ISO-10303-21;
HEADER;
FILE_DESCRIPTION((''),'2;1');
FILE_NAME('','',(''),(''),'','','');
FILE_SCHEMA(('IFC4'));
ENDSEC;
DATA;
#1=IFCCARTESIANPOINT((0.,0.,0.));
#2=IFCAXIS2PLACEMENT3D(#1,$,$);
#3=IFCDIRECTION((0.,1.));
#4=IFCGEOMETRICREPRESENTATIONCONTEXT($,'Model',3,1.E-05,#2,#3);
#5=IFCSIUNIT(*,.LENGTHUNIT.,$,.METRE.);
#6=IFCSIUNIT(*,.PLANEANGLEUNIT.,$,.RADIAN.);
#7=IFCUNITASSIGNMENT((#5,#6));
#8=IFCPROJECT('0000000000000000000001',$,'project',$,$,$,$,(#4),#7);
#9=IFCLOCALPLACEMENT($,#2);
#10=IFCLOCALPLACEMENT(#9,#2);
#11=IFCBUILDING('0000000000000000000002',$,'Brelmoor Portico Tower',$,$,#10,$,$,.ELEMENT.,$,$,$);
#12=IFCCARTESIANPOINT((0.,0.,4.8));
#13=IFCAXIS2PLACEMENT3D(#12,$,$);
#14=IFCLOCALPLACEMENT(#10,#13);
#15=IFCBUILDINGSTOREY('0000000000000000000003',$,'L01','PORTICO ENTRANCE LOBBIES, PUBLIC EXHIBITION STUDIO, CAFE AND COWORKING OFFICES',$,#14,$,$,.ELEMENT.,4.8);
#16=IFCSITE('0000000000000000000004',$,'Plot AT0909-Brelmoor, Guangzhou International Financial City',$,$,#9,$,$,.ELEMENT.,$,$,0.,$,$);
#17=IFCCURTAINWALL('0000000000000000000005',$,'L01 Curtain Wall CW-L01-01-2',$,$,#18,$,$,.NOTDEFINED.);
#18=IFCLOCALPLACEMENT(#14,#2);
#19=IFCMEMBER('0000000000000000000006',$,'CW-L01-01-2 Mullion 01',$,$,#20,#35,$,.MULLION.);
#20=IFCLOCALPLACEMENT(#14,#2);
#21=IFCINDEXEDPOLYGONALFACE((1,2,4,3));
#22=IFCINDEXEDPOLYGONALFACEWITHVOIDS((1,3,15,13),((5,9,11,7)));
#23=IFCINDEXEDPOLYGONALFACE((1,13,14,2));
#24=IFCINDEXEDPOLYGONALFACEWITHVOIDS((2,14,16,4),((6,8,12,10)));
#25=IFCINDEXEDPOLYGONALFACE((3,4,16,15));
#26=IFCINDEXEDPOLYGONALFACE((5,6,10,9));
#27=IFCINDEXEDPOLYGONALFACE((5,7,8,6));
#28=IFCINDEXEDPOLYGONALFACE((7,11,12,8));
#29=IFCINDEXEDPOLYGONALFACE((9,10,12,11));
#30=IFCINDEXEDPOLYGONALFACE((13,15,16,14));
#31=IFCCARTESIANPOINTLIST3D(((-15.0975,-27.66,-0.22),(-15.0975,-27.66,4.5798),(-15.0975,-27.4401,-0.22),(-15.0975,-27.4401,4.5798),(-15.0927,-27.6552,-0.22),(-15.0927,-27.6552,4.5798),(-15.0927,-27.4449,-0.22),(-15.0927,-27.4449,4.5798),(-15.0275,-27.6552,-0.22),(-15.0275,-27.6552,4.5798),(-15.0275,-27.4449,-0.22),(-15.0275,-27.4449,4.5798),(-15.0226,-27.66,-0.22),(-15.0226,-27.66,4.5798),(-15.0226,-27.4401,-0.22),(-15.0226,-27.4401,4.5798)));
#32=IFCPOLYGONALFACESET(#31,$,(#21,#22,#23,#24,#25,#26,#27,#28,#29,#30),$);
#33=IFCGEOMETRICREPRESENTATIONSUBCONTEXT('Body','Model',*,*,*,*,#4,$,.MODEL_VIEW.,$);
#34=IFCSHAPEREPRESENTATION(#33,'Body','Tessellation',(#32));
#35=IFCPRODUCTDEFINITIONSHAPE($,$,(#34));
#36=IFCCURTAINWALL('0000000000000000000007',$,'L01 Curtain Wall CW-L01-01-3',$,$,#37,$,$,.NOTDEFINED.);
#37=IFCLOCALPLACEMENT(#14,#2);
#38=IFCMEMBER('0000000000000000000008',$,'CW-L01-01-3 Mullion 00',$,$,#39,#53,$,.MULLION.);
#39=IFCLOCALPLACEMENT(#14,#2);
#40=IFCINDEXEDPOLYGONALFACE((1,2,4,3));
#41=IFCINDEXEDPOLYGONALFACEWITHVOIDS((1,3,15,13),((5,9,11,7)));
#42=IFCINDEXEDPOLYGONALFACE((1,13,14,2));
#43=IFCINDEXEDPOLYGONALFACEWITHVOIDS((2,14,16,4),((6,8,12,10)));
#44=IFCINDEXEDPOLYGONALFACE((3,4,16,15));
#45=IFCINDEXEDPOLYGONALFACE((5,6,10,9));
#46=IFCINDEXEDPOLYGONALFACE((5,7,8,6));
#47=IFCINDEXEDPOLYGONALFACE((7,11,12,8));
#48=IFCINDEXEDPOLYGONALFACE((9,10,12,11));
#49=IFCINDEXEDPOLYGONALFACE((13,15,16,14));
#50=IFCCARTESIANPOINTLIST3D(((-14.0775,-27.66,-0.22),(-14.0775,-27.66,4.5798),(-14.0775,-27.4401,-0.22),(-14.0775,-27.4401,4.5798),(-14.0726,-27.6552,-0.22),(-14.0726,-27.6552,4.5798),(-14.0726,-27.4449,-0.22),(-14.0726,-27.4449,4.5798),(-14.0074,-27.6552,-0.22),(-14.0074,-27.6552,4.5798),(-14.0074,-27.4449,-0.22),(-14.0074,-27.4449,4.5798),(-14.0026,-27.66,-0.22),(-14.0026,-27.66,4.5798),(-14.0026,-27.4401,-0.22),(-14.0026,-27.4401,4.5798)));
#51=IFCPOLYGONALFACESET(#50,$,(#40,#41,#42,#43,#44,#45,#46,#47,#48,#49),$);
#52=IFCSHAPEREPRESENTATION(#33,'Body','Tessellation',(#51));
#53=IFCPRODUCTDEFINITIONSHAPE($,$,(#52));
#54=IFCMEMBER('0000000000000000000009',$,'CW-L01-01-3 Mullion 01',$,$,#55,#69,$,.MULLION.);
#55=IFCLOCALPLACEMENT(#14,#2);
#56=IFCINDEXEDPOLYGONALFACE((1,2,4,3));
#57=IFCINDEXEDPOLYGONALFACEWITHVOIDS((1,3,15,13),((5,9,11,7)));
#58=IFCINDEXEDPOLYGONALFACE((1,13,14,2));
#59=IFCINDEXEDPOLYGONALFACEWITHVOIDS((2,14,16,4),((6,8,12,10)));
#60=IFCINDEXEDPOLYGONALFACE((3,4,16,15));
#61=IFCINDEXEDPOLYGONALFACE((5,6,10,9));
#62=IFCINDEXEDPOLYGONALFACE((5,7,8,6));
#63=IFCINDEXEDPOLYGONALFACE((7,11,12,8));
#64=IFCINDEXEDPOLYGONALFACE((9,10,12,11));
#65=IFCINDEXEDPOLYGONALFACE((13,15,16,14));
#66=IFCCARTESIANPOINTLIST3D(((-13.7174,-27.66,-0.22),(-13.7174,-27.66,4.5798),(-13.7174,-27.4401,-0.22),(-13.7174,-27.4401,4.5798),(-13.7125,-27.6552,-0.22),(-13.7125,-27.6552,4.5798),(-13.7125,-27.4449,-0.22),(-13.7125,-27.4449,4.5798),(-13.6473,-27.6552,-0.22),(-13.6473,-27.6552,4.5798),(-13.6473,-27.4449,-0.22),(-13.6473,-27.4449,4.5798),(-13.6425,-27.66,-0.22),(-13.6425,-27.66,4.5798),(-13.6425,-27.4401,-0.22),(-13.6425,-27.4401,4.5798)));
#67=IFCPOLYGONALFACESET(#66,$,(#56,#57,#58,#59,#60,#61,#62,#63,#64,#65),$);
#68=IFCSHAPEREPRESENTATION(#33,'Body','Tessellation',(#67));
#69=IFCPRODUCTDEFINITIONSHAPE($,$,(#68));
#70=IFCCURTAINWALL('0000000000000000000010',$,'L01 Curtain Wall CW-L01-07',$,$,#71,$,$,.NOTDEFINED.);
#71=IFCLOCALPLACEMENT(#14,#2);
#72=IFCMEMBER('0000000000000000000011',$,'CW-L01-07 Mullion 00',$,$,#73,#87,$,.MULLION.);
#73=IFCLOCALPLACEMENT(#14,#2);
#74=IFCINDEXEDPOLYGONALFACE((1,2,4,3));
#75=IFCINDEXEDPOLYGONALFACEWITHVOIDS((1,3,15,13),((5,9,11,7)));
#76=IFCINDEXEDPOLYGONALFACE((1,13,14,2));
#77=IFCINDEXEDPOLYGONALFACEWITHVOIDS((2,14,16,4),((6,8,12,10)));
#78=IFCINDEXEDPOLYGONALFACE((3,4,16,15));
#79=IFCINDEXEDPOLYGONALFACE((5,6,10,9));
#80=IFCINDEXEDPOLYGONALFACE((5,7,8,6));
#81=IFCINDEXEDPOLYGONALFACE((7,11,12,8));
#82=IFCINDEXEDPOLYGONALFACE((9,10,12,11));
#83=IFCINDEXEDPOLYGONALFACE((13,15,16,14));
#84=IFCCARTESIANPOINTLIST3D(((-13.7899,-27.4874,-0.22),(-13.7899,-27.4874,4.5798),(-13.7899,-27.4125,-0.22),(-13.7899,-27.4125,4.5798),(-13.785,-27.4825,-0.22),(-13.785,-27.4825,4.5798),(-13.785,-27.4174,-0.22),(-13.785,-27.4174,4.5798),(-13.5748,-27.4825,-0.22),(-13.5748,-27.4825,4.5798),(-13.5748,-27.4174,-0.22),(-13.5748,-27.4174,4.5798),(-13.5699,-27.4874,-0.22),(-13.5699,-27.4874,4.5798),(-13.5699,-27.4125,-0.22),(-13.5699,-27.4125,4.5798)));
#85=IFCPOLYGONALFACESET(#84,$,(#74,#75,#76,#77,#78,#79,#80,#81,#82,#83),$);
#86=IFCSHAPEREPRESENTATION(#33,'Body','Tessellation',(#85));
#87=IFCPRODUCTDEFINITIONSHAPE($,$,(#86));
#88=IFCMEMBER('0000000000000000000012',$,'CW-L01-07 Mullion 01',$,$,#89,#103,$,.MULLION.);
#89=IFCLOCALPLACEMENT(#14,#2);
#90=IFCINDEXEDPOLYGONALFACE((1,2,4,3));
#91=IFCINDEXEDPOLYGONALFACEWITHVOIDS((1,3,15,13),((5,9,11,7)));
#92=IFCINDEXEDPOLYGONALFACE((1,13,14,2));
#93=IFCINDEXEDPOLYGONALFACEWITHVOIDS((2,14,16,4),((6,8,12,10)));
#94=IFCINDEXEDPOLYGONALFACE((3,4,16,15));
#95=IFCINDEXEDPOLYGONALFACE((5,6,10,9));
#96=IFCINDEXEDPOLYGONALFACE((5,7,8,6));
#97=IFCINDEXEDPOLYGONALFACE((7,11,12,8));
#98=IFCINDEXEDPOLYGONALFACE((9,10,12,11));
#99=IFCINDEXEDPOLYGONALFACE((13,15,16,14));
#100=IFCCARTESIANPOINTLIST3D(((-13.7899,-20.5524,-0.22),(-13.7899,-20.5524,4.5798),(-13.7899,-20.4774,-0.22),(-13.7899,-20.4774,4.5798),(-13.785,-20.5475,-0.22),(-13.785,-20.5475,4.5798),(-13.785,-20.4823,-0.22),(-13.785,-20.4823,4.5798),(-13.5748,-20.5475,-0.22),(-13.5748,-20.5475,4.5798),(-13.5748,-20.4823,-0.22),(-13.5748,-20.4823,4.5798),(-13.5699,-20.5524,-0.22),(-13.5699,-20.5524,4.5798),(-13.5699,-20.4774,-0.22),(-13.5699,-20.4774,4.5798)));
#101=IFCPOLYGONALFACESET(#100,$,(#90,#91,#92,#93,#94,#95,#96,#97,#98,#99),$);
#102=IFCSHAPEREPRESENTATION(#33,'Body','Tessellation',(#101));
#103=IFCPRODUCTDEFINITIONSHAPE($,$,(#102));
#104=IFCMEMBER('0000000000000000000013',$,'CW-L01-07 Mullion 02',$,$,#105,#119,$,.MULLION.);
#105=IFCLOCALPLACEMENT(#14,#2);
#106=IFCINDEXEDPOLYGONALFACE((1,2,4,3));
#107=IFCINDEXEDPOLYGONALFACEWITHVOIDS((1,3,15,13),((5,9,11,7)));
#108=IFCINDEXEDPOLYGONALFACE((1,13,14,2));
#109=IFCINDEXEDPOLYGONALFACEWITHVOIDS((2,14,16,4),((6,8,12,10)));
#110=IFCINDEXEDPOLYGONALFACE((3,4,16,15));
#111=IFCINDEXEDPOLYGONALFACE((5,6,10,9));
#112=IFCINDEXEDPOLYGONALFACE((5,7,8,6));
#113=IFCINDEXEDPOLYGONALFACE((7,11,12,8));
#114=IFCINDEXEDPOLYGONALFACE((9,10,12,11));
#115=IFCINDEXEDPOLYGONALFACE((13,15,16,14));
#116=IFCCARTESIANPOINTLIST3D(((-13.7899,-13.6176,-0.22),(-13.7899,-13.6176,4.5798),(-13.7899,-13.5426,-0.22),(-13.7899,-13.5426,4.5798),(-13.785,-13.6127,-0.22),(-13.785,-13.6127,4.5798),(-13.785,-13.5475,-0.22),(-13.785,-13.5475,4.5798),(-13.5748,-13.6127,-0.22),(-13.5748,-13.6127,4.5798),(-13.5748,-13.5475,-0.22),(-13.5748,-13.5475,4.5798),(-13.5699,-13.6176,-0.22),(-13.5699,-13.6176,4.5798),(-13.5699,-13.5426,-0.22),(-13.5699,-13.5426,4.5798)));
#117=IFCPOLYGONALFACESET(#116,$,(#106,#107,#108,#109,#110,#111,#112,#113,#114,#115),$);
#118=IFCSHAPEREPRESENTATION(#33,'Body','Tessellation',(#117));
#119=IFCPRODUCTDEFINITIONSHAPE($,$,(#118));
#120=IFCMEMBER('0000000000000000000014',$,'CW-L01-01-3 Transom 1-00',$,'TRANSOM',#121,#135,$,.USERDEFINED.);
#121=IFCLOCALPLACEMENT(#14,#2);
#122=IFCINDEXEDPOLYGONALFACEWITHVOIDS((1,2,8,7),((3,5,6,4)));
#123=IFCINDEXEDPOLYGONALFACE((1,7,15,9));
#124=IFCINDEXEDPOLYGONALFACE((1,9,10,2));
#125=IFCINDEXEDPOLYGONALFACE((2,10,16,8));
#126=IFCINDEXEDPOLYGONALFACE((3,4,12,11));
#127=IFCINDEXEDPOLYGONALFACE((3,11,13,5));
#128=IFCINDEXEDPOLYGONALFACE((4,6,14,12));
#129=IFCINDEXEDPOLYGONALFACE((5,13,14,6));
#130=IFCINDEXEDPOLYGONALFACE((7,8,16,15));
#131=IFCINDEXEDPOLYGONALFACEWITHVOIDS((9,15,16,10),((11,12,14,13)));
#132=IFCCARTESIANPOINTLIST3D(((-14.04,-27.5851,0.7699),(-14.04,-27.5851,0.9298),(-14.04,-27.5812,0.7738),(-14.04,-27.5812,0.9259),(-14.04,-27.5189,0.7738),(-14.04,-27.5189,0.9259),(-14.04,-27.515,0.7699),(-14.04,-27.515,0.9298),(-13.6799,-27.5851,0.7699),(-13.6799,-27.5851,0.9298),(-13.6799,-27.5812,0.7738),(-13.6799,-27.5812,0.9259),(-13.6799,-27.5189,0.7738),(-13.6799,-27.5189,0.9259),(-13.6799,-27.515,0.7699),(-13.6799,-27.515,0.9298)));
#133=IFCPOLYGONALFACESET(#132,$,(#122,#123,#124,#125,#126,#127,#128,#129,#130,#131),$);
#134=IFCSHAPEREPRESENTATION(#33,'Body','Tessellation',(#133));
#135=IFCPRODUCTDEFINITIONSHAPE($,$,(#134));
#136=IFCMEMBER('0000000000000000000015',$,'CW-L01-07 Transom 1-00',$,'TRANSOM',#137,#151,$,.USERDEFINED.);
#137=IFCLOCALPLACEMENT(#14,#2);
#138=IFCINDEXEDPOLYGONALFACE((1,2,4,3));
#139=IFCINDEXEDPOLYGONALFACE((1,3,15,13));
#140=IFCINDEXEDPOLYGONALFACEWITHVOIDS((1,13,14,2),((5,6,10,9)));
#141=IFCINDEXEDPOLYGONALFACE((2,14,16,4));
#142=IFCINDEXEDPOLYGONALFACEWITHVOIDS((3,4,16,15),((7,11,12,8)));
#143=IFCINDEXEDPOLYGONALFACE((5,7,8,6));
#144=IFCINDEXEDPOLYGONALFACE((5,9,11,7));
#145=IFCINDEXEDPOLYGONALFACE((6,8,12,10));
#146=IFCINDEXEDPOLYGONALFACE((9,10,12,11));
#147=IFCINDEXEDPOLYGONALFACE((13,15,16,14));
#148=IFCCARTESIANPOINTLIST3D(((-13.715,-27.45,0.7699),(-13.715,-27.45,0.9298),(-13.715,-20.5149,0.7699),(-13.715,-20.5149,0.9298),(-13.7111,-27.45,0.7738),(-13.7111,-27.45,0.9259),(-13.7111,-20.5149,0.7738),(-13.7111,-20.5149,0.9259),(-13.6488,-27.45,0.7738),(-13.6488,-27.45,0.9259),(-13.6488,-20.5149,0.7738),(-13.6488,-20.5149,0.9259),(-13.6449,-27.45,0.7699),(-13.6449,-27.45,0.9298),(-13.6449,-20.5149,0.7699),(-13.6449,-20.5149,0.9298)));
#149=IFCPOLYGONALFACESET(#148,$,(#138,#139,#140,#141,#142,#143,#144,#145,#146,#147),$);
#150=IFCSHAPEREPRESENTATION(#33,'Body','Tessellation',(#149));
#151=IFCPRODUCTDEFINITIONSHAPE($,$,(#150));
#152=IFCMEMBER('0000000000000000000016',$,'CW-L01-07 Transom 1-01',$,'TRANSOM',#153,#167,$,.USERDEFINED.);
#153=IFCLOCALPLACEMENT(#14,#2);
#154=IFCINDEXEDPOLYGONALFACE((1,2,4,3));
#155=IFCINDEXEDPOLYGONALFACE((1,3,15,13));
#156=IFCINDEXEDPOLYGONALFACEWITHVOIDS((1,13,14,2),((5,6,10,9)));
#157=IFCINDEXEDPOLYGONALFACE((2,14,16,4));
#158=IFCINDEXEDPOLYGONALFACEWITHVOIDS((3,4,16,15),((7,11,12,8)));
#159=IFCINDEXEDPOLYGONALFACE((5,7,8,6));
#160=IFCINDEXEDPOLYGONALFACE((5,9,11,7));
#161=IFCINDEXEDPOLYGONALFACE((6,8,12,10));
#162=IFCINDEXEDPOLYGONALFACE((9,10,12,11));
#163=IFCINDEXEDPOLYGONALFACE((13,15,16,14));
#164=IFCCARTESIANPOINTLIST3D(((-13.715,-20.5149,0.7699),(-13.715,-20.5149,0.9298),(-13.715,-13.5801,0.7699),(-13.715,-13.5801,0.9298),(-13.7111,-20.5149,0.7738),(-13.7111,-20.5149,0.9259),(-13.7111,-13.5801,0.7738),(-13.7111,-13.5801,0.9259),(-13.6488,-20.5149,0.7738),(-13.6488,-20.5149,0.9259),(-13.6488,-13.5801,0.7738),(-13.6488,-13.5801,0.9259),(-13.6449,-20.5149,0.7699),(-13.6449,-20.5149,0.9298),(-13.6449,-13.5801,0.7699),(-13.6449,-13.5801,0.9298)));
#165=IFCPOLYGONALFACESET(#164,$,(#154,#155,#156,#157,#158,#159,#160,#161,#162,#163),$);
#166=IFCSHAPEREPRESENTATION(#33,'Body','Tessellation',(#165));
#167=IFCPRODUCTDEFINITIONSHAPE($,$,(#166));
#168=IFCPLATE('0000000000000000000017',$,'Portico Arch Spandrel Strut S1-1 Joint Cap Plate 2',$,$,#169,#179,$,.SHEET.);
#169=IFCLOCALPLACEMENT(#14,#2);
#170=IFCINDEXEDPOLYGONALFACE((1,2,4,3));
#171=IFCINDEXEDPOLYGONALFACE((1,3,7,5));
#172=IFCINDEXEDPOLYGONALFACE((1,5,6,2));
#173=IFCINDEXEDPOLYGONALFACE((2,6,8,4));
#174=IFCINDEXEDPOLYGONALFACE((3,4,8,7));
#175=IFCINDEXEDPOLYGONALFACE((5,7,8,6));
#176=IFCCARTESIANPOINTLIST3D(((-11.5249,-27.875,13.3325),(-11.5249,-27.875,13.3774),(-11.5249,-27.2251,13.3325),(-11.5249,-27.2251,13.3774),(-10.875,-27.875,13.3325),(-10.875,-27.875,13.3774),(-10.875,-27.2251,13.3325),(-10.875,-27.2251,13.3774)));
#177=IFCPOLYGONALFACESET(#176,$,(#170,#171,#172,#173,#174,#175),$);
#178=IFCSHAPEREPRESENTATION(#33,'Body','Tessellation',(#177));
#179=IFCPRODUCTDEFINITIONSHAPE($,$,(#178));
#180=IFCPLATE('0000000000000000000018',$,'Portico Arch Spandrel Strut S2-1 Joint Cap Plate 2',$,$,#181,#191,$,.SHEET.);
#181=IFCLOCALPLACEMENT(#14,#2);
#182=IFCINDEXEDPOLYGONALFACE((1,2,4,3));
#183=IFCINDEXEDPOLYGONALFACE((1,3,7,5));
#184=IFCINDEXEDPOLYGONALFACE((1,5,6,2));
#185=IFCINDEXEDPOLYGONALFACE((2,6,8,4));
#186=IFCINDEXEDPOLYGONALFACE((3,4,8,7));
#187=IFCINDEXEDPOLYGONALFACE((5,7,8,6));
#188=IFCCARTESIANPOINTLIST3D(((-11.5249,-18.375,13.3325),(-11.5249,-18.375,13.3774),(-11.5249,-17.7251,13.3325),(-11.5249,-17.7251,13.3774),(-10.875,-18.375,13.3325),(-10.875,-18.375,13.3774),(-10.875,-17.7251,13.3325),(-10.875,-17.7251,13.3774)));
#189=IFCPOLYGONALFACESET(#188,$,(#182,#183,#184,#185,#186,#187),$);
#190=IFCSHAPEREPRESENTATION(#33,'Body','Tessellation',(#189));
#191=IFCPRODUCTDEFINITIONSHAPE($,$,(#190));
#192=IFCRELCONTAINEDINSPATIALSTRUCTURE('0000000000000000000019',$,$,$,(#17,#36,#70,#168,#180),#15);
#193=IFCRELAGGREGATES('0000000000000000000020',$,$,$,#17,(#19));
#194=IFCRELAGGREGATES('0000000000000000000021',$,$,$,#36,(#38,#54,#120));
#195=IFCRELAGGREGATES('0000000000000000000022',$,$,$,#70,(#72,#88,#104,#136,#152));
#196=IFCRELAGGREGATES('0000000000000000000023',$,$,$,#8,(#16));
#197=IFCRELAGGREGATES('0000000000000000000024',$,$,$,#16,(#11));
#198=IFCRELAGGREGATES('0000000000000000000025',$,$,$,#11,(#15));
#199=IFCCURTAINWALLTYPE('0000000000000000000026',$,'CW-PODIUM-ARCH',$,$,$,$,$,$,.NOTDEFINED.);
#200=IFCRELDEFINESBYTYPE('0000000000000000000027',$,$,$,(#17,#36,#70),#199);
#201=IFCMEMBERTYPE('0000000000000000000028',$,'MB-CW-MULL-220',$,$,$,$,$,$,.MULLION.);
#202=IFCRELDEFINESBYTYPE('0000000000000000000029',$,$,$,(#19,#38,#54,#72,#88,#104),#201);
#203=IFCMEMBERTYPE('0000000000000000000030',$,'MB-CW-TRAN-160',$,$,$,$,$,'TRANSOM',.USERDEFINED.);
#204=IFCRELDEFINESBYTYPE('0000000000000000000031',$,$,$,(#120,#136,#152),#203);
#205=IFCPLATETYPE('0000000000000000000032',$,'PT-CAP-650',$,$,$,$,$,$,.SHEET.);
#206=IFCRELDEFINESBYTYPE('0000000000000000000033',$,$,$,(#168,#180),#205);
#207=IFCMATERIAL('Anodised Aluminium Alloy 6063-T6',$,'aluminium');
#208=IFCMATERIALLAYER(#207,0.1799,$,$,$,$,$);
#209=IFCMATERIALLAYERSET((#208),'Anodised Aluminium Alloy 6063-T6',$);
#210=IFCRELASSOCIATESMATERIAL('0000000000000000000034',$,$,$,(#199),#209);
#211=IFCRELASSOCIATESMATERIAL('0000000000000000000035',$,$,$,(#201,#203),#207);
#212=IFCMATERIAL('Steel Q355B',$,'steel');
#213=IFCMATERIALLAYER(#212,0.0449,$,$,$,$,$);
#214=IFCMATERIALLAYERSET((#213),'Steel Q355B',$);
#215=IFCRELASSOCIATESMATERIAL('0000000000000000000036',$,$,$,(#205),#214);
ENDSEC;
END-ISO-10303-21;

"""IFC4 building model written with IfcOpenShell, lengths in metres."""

from ifc_helpers import new_model, si_unit, direction, frame, origin, origin_2d, place, context, subcontext, project, spatial, rectangle, hollow_rectangle, extrude, material, layer, layer_set, material_profile, profile_set, type_object, element, aggregate, save


model = new_model("IFC4")

# Units and contexts
model_context = context("Model", 3, precision=1e-05, world=origin(), true_north=direction((0.0, 1.0)))
body_context = subcontext(model_context, "Body", "Model", "MODEL_VIEW")
ifc_project = project(units=[si_unit("LENGTHUNIT", "METRE"), si_unit("PLANEANGLEUNIT", "RADIAN")], contexts=[model_context])

# Site, building, storey
site_placement = place(None, origin())
site = spatial("IfcSite", under=ifc_project, at=site_placement, Name="Plot AT0909-Brelmoor, Guangzhou International Financial City", CompositionType="ELEMENT", RefElevation=0.0)
building_placement = place(site_placement, origin())
building = spatial("IfcBuilding", under=site, at=building_placement, Name="Brelmoor Portico Tower", CompositionType="ELEMENT")
storey_placement = place(building_placement, frame((0.0, 0.0, 4.8)))
storey = spatial("IfcBuildingStorey", under=building, at=storey_placement, Name="L01", Description="PORTICO ENTRANCE LOBBIES, PUBLIC EXHIBITION STUDIO, CAFE AND COWORKING OFFICES", CompositionType="ELEMENT", Elevation=4.8)

# Shared definitions
ifc_material_1 = material(Name="Steel Q355B", Category="steel")

# Curtain wall, member
ifc_material_2 = material(Name="Anodised Aluminium Alloy 6063-T6", Category="aluminium")
ifc_layer_1 = layer(ifc_material_2, 0.1799)
ifc_layer_set_1 = layer_set([ifc_layer_1], Name="Anodised Aluminium Alloy 6063-T6")
curtain_wall_type = type_object("IfcCurtainWallType", Name="CW-PODIUM-ARCH", PredefinedType="NOTDEFINED", material=ifc_layer_set_1)
curtain_wall_1_placement = place(storey_placement, origin())
curtain_wall_1 = element("IfcCurtainWall", 1, at=curtain_wall_1_placement, inside=storey, type_object=curtain_wall_type, Name="L01 Curtain Wall CW-L01-01-2", PredefinedType="NOTDEFINED")
ifc_material_profile_1 = material_profile(ifc_material_2, hollow_rectangle(XDim=0.075, YDim=0.22, WallThickness=0.0049, at=origin_2d()), Name="ALU MULLION 75x220")
ifc_profile_set_1 = profile_set([ifc_material_profile_1], Name="Anodised Aluminium Alloy 6063-T6")
member_type_1 = type_object("IfcMemberType", Name="MB-CW-MULL-220", PredefinedType="MULLION", material=ifc_profile_set_1)
member_1_placement = place(storey_placement, frame((-15.0601, -27.55, -0.22), z_axis=(0.0, 0.0, 1.0), x_axis=(1.0, 0.0, 0.0)))
member_1 = element("IfcMember", 2, at=member_1_placement, type_object=member_type_1, Name="CW-L01-01-2 Mullion 01", PredefinedType="MULLION", context=body_context, shape_type="SweptSolid", body=[
    extrude(hollow_rectangle(XDim=0.075, YDim=0.22, WallThickness=0.0049, at=origin_2d()), origin(), (0.0, 0.0, 1.0), 4.7998),
])

# Curtain walls, members
curtain_wall_2_placement = place(storey_placement, origin())
curtain_wall_2 = element("IfcCurtainWall", 3, at=curtain_wall_2_placement, inside=storey, type_object=curtain_wall_type, Name="L01 Curtain Wall CW-L01-01-3", PredefinedType="NOTDEFINED")
member_2_placement = place(storey_placement, frame((-14.04, -27.55, -0.22), z_axis=(0.0, 0.0, 1.0), x_axis=(1.0, 0.0, 0.0)))
member_2 = element("IfcMember", 4, at=member_2_placement, type_object=member_type_1, Name="CW-L01-01-3 Mullion 00", PredefinedType="MULLION", context=body_context, shape_type="SweptSolid", body=[
    extrude(hollow_rectangle(XDim=0.075, YDim=0.22, WallThickness=0.0049, at=origin_2d()), origin(), (0.0, 0.0, 1.0), 4.7998),
])
member_3_placement = place(storey_placement, frame((-13.6799, -27.55, -0.22), z_axis=(0.0, 0.0, 1.0), x_axis=(1.0, 0.0, 0.0)))
member_3 = element("IfcMember", 5, at=member_3_placement, type_object=member_type_1, Name="CW-L01-01-3 Mullion 01", PredefinedType="MULLION", context=body_context, shape_type="SweptSolid", body=[
    extrude(hollow_rectangle(XDim=0.075, YDim=0.22, WallThickness=0.0049, at=origin_2d()), origin(), (0.0, 0.0, 1.0), 4.7998),
])
curtain_wall_3_placement = place(storey_placement, origin())
curtain_wall_3 = element("IfcCurtainWall", 6, at=curtain_wall_3_placement, inside=storey, type_object=curtain_wall_type, Name="L01 Curtain Wall CW-L01-07", PredefinedType="NOTDEFINED")
member_4_placement = place(storey_placement, frame((-13.6799, -27.45, -0.22), z_axis=(0.0, 0.0, 1.0), x_axis=(0.0, 1.0, 0.0)))
member_4 = element("IfcMember", 7, at=member_4_placement, type_object=member_type_1, Name="CW-L01-07 Mullion 00", PredefinedType="MULLION", context=body_context, shape_type="SweptSolid", body=[
    extrude(hollow_rectangle(XDim=0.075, YDim=0.22, WallThickness=0.0049, at=origin_2d()), origin(), (0.0, 0.0, 1.0), 4.7998),
])
member_5_placement = place(storey_placement, frame((-13.6799, -20.5149, -0.22), z_axis=(0.0, 0.0, 1.0), x_axis=(0.0, 1.0, 0.0)))
member_5 = element("IfcMember", 8, at=member_5_placement, type_object=member_type_1, Name="CW-L01-07 Mullion 01", PredefinedType="MULLION", context=body_context, shape_type="SweptSolid", body=[
    extrude(hollow_rectangle(XDim=0.075, YDim=0.22, WallThickness=0.0049, at=origin_2d()), origin(), (0.0, 0.0, 1.0), 4.7998),
])
member_6_placement = place(storey_placement, frame((-13.6799, -13.5801, -0.22), z_axis=(0.0, 0.0, 1.0), x_axis=(0.0, 1.0, 0.0)))
member_6 = element("IfcMember", 9, at=member_6_placement, type_object=member_type_1, Name="CW-L01-07 Mullion 02", PredefinedType="MULLION", context=body_context, shape_type="SweptSolid", body=[
    extrude(hollow_rectangle(XDim=0.075, YDim=0.22, WallThickness=0.0049, at=origin_2d()), origin(), (0.0, 0.0, 1.0), 4.7998),
])

# Members
ifc_material_profile_2 = material_profile(ifc_material_2, hollow_rectangle(XDim=0.0701, YDim=0.1599, WallThickness=0.0039, at=origin_2d()), Name="ALU TRANSOM 70x160")
ifc_profile_set_2 = profile_set([ifc_material_profile_2], Name="Anodised Aluminium Alloy 6063-T6")
member_type_2 = type_object("IfcMemberType", Name="MB-CW-TRAN-160", ElementType="TRANSOM", PredefinedType="USERDEFINED", material=ifc_profile_set_2)
member_7_placement = place(storey_placement, frame((-14.04, -27.55, 0.8499), z_axis=(1.0, 0.0, 0.0), x_axis=(0.0, 1.0, 0.0)))
member_7 = element("IfcMember", 10, at=member_7_placement, type_object=member_type_2, Name="CW-L01-01-3 Transom 1-00", ObjectType="TRANSOM", PredefinedType="USERDEFINED", context=body_context, shape_type="SweptSolid", body=[
    extrude(hollow_rectangle(XDim=0.0701, YDim=0.1599, WallThickness=0.0039, at=origin_2d()), origin(), (0.0, 0.0, 1.0), 0.3601),
])
member_8_placement = place(storey_placement, frame((-13.6799, -27.45, 0.8499), z_axis=(0.0, 1.0, 0.0), x_axis=(-1.0, 0.0, 0.0)))
member_8 = element("IfcMember", 11, at=member_8_placement, type_object=member_type_2, Name="CW-L01-07 Transom 1-00", ObjectType="TRANSOM", PredefinedType="USERDEFINED", context=body_context, shape_type="SweptSolid", body=[
    extrude(hollow_rectangle(XDim=0.0701, YDim=0.1599, WallThickness=0.0039, at=origin_2d()), origin(), (0.0, 0.0, 1.0), 6.9351),
])
member_9_placement = place(storey_placement, frame((-13.6799, -20.5149, 0.8499), z_axis=(0.0, 1.0, 0.0), x_axis=(-1.0, 0.0, 0.0)))
member_9 = element("IfcMember", 12, at=member_9_placement, type_object=member_type_2, Name="CW-L01-07 Transom 1-01", ObjectType="TRANSOM", PredefinedType="USERDEFINED", context=body_context, shape_type="SweptSolid", body=[
    extrude(hollow_rectangle(XDim=0.0701, YDim=0.1599, WallThickness=0.0039, at=origin_2d()), origin(), (0.0, 0.0, 1.0), 6.9348),
])

# Plates
ifc_layer_2 = layer(ifc_material_1, 0.0449)
ifc_layer_set_2 = layer_set([ifc_layer_2], Name="Steel Q355B")
plate_type_1 = type_object("IfcPlateType", Name="PT-CAP-650", PredefinedType="SHEET", material=ifc_layer_set_2)
for number, where, z_axis, x_axis, name in (
    (13, (-11.2, -27.55, 13.3325), (0.0, 0.0, 1.0), (1.0, 0.0, 0.0), "Portico Arch Spandrel Strut S1-1 Joint Cap Plate 2"),
    (14, (-11.2, -18.05, 13.3325), (0.0, 0.0, 1.0), (1.0, 0.0, 0.0), "Portico Arch Spandrel Strut S2-1 Joint Cap Plate 2"),
):
    element("IfcPlate", number, at=place(storey_placement, frame(where, z_axis=z_axis, x_axis=x_axis)), inside=storey, type_object=plate_type_1, Name=name, PredefinedType="SHEET", context=body_context, shape_type="SweptSolid", body=[
        extrude(rectangle(XDim=0.6499, YDim=0.6499, at=origin_2d()), origin(), (0.0, 0.0, 1.0), 0.0449),
    ])

aggregate(curtain_wall_1, [member_1])
aggregate(curtain_wall_2, [member_2, member_3, member_7])
aggregate(curtain_wall_3, [member_4, member_5, member_6, member_8, member_9])

save(model, "model.ifc")
